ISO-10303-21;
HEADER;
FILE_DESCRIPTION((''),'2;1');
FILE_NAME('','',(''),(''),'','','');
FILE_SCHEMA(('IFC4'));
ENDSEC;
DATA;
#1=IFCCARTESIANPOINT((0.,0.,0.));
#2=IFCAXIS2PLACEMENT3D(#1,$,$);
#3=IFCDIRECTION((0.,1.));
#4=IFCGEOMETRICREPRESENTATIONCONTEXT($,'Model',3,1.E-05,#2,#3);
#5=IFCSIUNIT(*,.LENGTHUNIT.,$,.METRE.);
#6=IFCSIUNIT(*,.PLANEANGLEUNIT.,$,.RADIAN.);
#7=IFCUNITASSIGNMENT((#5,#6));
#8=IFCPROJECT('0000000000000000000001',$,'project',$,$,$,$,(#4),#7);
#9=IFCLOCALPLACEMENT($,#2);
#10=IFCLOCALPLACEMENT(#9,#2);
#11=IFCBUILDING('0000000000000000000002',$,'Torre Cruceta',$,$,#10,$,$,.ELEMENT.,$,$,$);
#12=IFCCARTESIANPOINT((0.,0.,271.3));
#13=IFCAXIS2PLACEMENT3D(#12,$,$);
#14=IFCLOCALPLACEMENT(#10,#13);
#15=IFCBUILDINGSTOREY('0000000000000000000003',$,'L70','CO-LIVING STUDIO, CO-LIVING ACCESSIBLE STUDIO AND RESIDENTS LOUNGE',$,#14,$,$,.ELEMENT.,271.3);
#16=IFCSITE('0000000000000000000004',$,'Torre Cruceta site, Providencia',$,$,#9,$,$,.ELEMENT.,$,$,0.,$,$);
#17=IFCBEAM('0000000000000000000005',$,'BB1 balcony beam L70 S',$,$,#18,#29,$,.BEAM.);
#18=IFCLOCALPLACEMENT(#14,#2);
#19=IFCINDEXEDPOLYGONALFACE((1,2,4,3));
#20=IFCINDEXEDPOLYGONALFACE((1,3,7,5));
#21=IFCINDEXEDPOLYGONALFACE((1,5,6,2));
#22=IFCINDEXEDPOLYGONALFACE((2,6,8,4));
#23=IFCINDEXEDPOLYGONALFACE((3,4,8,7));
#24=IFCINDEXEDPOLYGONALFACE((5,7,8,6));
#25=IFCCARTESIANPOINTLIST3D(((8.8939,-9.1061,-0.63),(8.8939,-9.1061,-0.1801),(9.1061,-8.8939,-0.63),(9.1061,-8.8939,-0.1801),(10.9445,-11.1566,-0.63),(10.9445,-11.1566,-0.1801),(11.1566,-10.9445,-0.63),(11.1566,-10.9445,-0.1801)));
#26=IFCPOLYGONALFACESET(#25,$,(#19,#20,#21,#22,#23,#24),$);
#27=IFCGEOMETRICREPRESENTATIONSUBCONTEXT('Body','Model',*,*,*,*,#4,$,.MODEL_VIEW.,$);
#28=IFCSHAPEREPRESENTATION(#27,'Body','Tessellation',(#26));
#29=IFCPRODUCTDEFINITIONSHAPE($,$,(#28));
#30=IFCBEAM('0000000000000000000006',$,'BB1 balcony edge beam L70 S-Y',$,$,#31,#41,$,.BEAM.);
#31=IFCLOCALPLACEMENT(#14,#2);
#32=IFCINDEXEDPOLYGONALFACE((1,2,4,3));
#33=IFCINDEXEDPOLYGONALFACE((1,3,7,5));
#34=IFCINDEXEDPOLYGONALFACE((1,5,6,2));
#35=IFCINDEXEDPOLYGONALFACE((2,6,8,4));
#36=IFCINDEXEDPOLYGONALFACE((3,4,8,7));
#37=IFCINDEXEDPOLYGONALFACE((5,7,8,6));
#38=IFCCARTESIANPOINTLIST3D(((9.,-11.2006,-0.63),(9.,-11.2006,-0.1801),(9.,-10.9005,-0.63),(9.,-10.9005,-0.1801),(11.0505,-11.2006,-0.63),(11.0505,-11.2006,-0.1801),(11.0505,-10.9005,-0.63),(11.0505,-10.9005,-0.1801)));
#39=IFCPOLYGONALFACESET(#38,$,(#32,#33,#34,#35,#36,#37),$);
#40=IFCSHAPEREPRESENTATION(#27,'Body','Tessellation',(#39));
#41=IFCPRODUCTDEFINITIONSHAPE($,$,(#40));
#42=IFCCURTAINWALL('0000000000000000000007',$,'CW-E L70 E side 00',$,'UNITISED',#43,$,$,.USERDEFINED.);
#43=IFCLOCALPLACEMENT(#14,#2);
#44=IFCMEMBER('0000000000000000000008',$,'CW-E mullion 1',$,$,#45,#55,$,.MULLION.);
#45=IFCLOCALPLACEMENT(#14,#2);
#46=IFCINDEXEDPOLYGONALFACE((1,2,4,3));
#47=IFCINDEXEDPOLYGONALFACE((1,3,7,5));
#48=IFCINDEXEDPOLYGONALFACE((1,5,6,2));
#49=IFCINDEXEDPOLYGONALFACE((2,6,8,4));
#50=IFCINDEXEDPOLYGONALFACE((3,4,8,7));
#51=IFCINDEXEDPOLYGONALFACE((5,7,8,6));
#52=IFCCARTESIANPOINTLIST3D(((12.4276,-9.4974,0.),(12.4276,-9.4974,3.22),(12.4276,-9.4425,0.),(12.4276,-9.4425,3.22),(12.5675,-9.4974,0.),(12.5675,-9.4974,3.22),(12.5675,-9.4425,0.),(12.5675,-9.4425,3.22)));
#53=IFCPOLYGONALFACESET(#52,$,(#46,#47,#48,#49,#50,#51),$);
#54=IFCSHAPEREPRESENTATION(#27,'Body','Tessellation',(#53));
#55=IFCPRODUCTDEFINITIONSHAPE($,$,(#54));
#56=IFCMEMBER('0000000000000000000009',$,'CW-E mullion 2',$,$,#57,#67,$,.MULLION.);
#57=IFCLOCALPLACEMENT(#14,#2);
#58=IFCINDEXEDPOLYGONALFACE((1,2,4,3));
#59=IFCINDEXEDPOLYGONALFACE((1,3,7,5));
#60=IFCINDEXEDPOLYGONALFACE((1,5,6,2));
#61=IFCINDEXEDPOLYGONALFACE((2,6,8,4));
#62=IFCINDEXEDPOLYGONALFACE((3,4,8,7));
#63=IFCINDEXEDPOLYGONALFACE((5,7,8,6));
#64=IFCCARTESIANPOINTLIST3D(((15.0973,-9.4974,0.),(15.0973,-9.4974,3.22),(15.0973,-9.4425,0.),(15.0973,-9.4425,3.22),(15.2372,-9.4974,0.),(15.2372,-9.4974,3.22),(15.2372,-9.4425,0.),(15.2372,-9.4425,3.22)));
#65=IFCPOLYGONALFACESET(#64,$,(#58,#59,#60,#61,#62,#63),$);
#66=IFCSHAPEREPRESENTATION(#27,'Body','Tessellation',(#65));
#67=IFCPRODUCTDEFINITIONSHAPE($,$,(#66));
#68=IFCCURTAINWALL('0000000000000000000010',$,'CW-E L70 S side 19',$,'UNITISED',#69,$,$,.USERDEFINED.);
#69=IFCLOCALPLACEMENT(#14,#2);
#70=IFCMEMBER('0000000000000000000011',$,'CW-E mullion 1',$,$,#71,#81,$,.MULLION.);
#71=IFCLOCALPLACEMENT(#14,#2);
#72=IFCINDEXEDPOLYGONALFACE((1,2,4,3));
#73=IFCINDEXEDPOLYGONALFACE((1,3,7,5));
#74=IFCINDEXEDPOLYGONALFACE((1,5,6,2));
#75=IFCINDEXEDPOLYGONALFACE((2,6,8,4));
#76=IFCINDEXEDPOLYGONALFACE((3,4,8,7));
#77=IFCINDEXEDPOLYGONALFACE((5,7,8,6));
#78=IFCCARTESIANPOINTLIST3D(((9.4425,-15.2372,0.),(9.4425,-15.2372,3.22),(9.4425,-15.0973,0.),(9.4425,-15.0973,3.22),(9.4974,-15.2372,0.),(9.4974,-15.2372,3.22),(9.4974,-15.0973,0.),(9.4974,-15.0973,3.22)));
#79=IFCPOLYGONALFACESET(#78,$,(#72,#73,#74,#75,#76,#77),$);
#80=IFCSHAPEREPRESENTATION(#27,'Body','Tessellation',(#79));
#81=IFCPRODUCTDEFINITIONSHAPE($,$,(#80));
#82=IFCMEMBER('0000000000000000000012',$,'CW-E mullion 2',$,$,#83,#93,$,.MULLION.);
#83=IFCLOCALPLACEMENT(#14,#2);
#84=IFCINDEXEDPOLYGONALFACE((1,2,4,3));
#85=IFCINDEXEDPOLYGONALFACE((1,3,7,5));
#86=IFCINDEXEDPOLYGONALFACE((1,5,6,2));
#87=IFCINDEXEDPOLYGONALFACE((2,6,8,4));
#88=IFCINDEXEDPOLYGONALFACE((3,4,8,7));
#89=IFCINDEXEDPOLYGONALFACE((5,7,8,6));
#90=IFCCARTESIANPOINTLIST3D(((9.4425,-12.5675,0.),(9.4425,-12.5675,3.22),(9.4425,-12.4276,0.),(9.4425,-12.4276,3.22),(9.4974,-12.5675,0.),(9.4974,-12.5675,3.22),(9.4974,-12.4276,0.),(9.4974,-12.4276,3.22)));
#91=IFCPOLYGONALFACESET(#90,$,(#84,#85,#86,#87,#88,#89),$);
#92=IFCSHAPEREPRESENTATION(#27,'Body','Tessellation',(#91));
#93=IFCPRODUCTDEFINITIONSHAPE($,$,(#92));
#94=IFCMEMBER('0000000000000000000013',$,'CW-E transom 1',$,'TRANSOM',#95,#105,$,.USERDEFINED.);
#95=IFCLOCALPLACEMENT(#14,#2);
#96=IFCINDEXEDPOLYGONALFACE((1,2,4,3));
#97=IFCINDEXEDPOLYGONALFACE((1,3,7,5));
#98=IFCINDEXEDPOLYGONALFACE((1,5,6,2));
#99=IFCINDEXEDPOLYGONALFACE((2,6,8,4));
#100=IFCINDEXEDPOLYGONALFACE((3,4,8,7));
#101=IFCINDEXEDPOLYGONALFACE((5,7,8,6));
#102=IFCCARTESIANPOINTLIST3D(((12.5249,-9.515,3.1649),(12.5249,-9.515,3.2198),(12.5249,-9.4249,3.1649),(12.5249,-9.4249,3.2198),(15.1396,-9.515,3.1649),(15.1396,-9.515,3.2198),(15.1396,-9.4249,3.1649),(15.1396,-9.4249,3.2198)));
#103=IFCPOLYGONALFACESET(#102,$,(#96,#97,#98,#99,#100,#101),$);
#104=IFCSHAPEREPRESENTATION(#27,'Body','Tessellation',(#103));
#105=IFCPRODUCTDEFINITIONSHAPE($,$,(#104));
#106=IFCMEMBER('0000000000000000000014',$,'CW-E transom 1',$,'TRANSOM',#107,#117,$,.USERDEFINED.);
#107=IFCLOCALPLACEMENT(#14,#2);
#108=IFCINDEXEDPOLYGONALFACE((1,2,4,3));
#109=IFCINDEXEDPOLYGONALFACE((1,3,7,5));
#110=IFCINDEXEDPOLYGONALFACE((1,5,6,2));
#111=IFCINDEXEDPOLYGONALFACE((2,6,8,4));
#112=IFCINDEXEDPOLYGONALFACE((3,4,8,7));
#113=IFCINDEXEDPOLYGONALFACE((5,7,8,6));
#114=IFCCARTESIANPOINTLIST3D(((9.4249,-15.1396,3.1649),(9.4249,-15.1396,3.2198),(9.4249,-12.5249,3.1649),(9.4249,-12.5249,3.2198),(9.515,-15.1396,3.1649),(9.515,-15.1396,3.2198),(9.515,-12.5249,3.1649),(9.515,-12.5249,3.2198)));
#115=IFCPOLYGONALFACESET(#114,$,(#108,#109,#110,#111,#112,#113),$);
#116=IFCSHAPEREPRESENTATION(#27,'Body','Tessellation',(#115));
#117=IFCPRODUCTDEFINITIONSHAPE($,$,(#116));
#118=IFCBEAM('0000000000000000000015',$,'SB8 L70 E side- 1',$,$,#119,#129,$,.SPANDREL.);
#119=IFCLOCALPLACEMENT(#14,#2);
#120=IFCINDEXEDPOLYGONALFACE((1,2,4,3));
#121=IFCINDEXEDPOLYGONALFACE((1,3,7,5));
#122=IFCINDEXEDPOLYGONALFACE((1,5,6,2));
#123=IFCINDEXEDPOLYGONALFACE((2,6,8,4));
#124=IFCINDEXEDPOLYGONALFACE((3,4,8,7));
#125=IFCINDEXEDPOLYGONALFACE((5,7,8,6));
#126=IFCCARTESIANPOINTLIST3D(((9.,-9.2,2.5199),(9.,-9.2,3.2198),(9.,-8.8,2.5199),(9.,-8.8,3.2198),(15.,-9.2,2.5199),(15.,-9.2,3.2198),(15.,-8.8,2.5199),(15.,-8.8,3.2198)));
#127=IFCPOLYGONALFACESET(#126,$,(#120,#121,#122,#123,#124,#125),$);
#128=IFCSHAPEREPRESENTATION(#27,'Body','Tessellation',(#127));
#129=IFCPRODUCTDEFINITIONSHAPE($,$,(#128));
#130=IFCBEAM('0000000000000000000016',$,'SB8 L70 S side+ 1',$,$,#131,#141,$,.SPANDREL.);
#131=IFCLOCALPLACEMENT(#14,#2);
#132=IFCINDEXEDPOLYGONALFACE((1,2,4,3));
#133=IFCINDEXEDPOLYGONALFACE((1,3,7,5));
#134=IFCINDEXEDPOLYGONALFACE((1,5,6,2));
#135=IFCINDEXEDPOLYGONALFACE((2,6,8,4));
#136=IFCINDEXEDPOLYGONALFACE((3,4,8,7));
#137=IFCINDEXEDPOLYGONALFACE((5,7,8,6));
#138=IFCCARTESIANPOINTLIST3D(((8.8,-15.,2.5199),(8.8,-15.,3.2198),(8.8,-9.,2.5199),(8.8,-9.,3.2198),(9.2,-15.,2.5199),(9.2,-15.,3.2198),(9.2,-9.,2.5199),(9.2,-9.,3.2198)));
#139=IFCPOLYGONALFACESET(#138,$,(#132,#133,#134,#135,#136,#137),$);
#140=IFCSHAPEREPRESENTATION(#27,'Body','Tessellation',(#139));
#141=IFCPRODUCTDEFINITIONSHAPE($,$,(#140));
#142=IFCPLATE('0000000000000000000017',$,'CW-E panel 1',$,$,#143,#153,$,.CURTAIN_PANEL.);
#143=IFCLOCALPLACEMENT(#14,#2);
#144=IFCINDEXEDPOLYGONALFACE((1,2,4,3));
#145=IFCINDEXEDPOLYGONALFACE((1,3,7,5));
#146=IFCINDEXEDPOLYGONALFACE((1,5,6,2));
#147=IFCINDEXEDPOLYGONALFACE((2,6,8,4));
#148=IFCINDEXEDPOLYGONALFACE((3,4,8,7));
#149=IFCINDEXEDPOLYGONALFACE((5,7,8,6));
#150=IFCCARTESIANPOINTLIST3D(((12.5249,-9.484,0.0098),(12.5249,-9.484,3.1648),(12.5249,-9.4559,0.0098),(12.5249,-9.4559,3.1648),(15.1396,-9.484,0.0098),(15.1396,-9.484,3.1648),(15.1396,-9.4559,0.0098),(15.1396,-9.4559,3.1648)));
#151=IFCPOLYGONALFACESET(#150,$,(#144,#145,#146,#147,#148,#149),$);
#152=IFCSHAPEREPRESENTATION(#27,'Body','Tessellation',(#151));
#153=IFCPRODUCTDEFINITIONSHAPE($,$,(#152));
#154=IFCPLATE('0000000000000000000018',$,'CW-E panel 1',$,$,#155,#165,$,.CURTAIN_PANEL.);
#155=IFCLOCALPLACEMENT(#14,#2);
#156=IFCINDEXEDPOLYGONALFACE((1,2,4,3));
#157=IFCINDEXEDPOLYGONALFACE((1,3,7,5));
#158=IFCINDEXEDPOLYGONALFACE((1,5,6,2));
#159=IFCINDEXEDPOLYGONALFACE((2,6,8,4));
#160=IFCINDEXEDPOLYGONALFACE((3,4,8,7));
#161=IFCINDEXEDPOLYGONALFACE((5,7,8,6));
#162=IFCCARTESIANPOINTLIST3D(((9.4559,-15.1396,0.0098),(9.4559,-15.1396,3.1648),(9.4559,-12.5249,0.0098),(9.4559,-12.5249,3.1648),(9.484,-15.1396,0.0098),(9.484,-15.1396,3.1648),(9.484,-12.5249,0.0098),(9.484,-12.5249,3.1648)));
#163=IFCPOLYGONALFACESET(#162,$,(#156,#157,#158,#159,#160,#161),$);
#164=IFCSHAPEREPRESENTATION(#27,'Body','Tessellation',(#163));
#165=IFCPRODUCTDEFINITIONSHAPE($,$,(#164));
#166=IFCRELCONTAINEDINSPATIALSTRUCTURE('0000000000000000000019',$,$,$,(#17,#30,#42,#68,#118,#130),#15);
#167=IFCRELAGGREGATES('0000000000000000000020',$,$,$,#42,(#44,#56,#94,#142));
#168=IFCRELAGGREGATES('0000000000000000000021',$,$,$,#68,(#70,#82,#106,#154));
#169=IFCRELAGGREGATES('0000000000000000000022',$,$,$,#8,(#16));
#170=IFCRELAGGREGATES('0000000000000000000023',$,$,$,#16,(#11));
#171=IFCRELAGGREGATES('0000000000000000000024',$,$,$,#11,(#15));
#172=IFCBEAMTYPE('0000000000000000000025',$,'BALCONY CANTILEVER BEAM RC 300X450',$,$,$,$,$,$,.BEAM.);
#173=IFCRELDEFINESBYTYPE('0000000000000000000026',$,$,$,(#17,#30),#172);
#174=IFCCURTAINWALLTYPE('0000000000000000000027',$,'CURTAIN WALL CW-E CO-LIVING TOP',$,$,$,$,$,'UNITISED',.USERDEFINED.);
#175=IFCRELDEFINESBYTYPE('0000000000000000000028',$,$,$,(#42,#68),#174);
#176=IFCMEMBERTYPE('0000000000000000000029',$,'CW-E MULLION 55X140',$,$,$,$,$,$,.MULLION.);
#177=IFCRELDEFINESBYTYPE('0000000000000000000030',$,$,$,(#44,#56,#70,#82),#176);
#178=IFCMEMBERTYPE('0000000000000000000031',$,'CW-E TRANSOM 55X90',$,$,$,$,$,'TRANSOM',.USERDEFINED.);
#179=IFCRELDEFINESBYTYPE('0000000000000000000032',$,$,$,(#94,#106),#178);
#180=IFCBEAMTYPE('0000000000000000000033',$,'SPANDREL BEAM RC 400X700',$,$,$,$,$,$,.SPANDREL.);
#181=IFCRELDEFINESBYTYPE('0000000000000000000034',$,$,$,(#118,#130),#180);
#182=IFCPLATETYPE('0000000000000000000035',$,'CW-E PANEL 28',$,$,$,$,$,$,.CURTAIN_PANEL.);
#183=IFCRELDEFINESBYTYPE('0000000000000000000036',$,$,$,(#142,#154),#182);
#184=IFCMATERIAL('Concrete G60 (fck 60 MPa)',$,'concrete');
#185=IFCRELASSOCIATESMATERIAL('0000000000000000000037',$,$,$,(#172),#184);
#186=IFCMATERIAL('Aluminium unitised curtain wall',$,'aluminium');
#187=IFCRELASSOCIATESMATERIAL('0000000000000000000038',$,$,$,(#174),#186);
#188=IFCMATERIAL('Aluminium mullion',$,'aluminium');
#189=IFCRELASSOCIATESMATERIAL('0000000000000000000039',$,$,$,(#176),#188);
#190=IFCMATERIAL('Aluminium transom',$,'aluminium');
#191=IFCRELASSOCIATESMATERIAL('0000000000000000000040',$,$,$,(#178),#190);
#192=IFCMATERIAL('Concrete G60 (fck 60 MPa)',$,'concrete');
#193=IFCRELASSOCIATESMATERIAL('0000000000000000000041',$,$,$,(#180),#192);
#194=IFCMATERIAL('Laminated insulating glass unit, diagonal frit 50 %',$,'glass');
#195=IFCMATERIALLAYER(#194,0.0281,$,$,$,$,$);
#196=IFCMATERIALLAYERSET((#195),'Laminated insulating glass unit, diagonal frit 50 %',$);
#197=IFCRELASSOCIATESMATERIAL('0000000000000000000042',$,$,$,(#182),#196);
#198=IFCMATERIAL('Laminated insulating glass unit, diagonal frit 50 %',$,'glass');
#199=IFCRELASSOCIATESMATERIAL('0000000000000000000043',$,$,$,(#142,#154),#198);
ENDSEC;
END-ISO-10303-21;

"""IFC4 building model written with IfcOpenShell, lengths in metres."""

from ifc_helpers import new_model, si_unit, direction, frame, origin, origin_2d, place, context, subcontext, project, spatial, rectangle, extrude, material, layer, layer_set, material_profile, profile_set, type_object, element, aggregate, save


model = new_model("IFC4")

# Units and contexts
model_context = context("Model", 3, precision=1e-05, world=origin(), true_north=direction((0.0, 1.0)))
body_context = subcontext(model_context, "Body", "Model", "MODEL_VIEW")
ifc_project = project(units=[si_unit("LENGTHUNIT", "METRE"), si_unit("PLANEANGLEUNIT", "RADIAN")], contexts=[model_context])

# Site, building, storey
site_placement = place(None, origin())
site = spatial("IfcSite", under=ifc_project, at=site_placement, Name="Torre Cruceta site, Providencia", CompositionType="ELEMENT", RefElevation=0.0)
building_placement = place(site_placement, origin())
building = spatial("IfcBuilding", under=site, at=building_placement, Name="Torre Cruceta", CompositionType="ELEMENT")
storey_placement = place(building_placement, frame((0.0, 0.0, 271.3)))
storey = spatial("IfcBuildingStorey", under=building, at=storey_placement, Name="L70", Description="CO-LIVING STUDIO, CO-LIVING ACCESSIBLE STUDIO AND RESIDENTS LOUNGE", CompositionType="ELEMENT", Elevation=271.3)

# Beams
ifc_material_1 = material(Name="Concrete G60 (fck 60 MPa)", Category="concrete")
ifc_material_profile_1 = material_profile(ifc_material_1, rectangle(XDim=0.3, YDim=0.45, at=origin_2d()), Name="RC 300X450")
ifc_profile_set_1 = profile_set([ifc_material_profile_1], Name="Concrete G60 (fck 60 MPa)")
beam_type_1 = type_object("IfcBeamType", Name="BALCONY CANTILEVER BEAM RC 300X450", PredefinedType="BEAM", material=ifc_profile_set_1)
beam_1_placement = place(storey_placement, frame((9.0, -9.0, -0.405), z_axis=(0.707107, -0.707107, 0.0), x_axis=(0.707107, 0.707107, 0.0)))
element("IfcBeam", 1, at=beam_1_placement, inside=storey, type_object=beam_type_1, Name="BB1 balcony beam L70 S", PredefinedType="BEAM", context=body_context, shape_type="SweptSolid", body=[
    extrude(rectangle(XDim=0.3, YDim=0.45, at=origin_2d()), origin(), (0.0, 0.0, 1.0), 2.8999),
])
beam_2_placement = place(storey_placement, frame((9.0, -11.0505, -0.405), z_axis=(1.0, 0.0, 0.0), x_axis=(0.0, 1.0, 0.0)))
element("IfcBeam", 2, at=beam_2_placement, inside=storey, type_object=beam_type_1, Name="BB1 balcony edge beam L70 S-Y", PredefinedType="BEAM", context=body_context, shape_type="SweptSolid", body=[
    extrude(rectangle(XDim=0.3, YDim=0.45, at=origin_2d()), origin(), (0.0, 0.0, 1.0), 2.0505),
])

# Curtain walls, members
ifc_material_2 = material(Name="Aluminium unitised curtain wall", Category="aluminium")
curtain_wall_type = type_object("IfcCurtainWallType", Name="CURTAIN WALL CW-E CO-LIVING TOP", ElementType="UNITISED", PredefinedType="USERDEFINED", material=ifc_material_2)
curtain_wall_1_placement = place(storey_placement, origin())
curtain_wall_1 = element("IfcCurtainWall", 3, at=curtain_wall_1_placement, inside=storey, type_object=curtain_wall_type, Name="CW-E L70 E side 00", ObjectType="UNITISED", PredefinedType="USERDEFINED")
ifc_material_3 = material(Name="Aluminium mullion", Category="aluminium")
ifc_material_profile_2 = material_profile(ifc_material_3, rectangle(XDim=0.0549, YDim=0.1399, at=origin_2d()), Name="AL 55X140")
ifc_profile_set_2 = profile_set([ifc_material_profile_2], Name="Aluminium mullion")
member_type_1 = type_object("IfcMemberType", Name="CW-E MULLION 55X140", PredefinedType="MULLION", material=ifc_profile_set_2)
member_1_placement = place(storey_placement, frame((12.4976, -9.47, 0.0), z_axis=(0.0, 0.0, 1.0), x_axis=(0.0, 1.0, 0.0)))
member_1 = element("IfcMember", 4, at=member_1_placement, type_object=member_type_1, Name="CW-E mullion 1", PredefinedType="MULLION", context=body_context, shape_type="SweptSolid", body=[
    extrude(rectangle(XDim=0.0549, YDim=0.1399, at=origin_2d()), origin(), (0.0, 0.0, 1.0), 3.22),
])
member_2_placement = place(storey_placement, frame((15.1672, -9.47, 0.0), z_axis=(0.0, 0.0, 1.0), x_axis=(0.0, 1.0, 0.0)))
member_2 = element("IfcMember", 5, at=member_2_placement, type_object=member_type_1, Name="CW-E mullion 2", PredefinedType="MULLION", context=body_context, shape_type="SweptSolid", body=[
    extrude(rectangle(XDim=0.0549, YDim=0.1399, at=origin_2d()), origin(), (0.0, 0.0, 1.0), 3.22),
])
curtain_wall_2_placement = place(storey_placement, origin())
curtain_wall_2 = element("IfcCurtainWall", 6, at=curtain_wall_2_placement, inside=storey, type_object=curtain_wall_type, Name="CW-E L70 S side 19", ObjectType="UNITISED", PredefinedType="USERDEFINED")
member_3_placement = place(storey_placement, frame((9.47, -15.1672, 0.0), z_axis=(0.0, 0.0, 1.0), x_axis=(-1.0, 0.0, 0.0)))
member_3 = element("IfcMember", 7, at=member_3_placement, type_object=member_type_1, Name="CW-E mullion 1", PredefinedType="MULLION", context=body_context, shape_type="SweptSolid", body=[
    extrude(rectangle(XDim=0.0549, YDim=0.1399, at=origin_2d()), origin(), (0.0, 0.0, 1.0), 3.22),
])
member_4_placement = place(storey_placement, frame((9.47, -12.4976, 0.0), z_axis=(0.0, 0.0, 1.0), x_axis=(-1.0, 0.0, 0.0)))
member_4 = element("IfcMember", 8, at=member_4_placement, type_object=member_type_1, Name="CW-E mullion 2", PredefinedType="MULLION", context=body_context, shape_type="SweptSolid", body=[
    extrude(rectangle(XDim=0.0549, YDim=0.1399, at=origin_2d()), origin(), (0.0, 0.0, 1.0), 3.22),
])

# Members
ifc_material_4 = material(Name="Aluminium transom", Category="aluminium")
ifc_material_profile_3 = material_profile(ifc_material_4, rectangle(XDim=0.0901, YDim=0.0549, at=origin_2d()), Name="AL 90X55")
ifc_profile_set_3 = profile_set([ifc_material_profile_3], Name="Aluminium transom")
member_type_2 = type_object("IfcMemberType", Name="CW-E TRANSOM 55X90", ElementType="TRANSOM", PredefinedType="USERDEFINED", material=ifc_profile_set_3)
member_5_placement = place(storey_placement, frame((12.5249, -9.47, 3.1924), z_axis=(1.0, 0.0, 0.0), x_axis=(0.0, 1.0, 0.0)))
member_5 = element("IfcMember", 9, at=member_5_placement, type_object=member_type_2, Name="CW-E transom 1", ObjectType="TRANSOM", PredefinedType="USERDEFINED", context=body_context, shape_type="SweptSolid", body=[
    extrude(rectangle(XDim=0.0901, YDim=0.0549, at=origin_2d()), origin(), (0.0, 0.0, 1.0), 2.6147),
])
member_6_placement = place(storey_placement, frame((9.47, -15.1396, 3.1924), z_axis=(0.0, 1.0, 0.0), x_axis=(-1.0, 0.0, 0.0)))
member_6 = element("IfcMember", 10, at=member_6_placement, type_object=member_type_2, Name="CW-E transom 1", ObjectType="TRANSOM", PredefinedType="USERDEFINED", context=body_context, shape_type="SweptSolid", body=[
    extrude(rectangle(XDim=0.0901, YDim=0.0549, at=origin_2d()), origin(), (0.0, 0.0, 1.0), 2.6147),
])

# Beams
ifc_material_5 = material(Name="Concrete G60 (fck 60 MPa)", Category="concrete")
ifc_material_profile_4 = material_profile(ifc_material_5, rectangle(XDim=0.3999, YDim=0.7, at=origin_2d()), Name="RC 400X700")
ifc_profile_set_4 = profile_set([ifc_material_profile_4], Name="Concrete G60 (fck 60 MPa)")
beam_type_2 = type_object("IfcBeamType", Name="SPANDREL BEAM RC 400X700", PredefinedType="SPANDREL", material=ifc_profile_set_4)
for number, where, z_axis, x_axis, name in (
    (11, (9.0, -9.0, 2.8699), (1.0, 0.0, 0.0), (0.0, 1.0, 0.0), "SB8 L70 E side- 1"),
    (12, (9.0, -9.0, 2.8699), (0.0, -1.0, 0.0), (1.0, 0.0, 0.0), "SB8 L70 S side+ 1"),
):
    element("IfcBeam", number, at=place(storey_placement, frame(where, z_axis=z_axis, x_axis=x_axis)), inside=storey, type_object=beam_type_2, Name=name, PredefinedType="SPANDREL", context=body_context, shape_type="SweptSolid", body=[
        extrude(rectangle(XDim=0.3999, YDim=0.7, at=origin_2d()), origin(), (0.0, 0.0, 1.0), 6.0),
    ])

# Plates
ifc_material_6 = material(Name="Laminated insulating glass unit, diagonal frit 50 %", Category="glass")
ifc_material_7 = material(Name="Laminated insulating glass unit, diagonal frit 50 %", Category="glass")
ifc_layer_1 = layer(ifc_material_7, 0.0281)
ifc_layer_set_1 = layer_set([ifc_layer_1], Name="Laminated insulating glass unit, diagonal frit 50 %")
plate_type = type_object("IfcPlateType", Name="CW-E PANEL 28", PredefinedType="CURTAIN_PANEL", material=ifc_layer_set_1)
plate_1_placement = place(storey_placement, frame((13.8323, -9.47, 0.0098), z_axis=(0.0, 0.0, 1.0), x_axis=(1.0, 0.0, 0.0)))
plate_1 = element("IfcPlate", 13, at=plate_1_placement, type_object=plate_type, material=ifc_material_6, Name="CW-E panel 1", PredefinedType="CURTAIN_PANEL", context=body_context, shape_type="SweptSolid", body=[
    extrude(rectangle(XDim=2.6147, YDim=0.0281, at=origin_2d()), origin(), (0.0, 0.0, 1.0), 3.155),
])
aggregate(curtain_wall_1, [member_1, member_2, member_5, plate_1])
plate_2_placement = place(storey_placement, frame((9.47, -13.8323, 0.0098), z_axis=(0.0, 0.0, 1.0), x_axis=(0.0, 1.0, 0.0)))
plate_2 = element("IfcPlate", 14, at=plate_2_placement, type_object=plate_type, material=ifc_material_6, Name="CW-E panel 1", PredefinedType="CURTAIN_PANEL", context=body_context, shape_type="SweptSolid", body=[
    extrude(rectangle(XDim=2.6147, YDim=0.0281, at=origin_2d()), origin(), (0.0, 0.0, 1.0), 3.155),
])
aggregate(curtain_wall_2, [member_3, member_4, member_6, plate_2])

save(model, "model.ifc")
